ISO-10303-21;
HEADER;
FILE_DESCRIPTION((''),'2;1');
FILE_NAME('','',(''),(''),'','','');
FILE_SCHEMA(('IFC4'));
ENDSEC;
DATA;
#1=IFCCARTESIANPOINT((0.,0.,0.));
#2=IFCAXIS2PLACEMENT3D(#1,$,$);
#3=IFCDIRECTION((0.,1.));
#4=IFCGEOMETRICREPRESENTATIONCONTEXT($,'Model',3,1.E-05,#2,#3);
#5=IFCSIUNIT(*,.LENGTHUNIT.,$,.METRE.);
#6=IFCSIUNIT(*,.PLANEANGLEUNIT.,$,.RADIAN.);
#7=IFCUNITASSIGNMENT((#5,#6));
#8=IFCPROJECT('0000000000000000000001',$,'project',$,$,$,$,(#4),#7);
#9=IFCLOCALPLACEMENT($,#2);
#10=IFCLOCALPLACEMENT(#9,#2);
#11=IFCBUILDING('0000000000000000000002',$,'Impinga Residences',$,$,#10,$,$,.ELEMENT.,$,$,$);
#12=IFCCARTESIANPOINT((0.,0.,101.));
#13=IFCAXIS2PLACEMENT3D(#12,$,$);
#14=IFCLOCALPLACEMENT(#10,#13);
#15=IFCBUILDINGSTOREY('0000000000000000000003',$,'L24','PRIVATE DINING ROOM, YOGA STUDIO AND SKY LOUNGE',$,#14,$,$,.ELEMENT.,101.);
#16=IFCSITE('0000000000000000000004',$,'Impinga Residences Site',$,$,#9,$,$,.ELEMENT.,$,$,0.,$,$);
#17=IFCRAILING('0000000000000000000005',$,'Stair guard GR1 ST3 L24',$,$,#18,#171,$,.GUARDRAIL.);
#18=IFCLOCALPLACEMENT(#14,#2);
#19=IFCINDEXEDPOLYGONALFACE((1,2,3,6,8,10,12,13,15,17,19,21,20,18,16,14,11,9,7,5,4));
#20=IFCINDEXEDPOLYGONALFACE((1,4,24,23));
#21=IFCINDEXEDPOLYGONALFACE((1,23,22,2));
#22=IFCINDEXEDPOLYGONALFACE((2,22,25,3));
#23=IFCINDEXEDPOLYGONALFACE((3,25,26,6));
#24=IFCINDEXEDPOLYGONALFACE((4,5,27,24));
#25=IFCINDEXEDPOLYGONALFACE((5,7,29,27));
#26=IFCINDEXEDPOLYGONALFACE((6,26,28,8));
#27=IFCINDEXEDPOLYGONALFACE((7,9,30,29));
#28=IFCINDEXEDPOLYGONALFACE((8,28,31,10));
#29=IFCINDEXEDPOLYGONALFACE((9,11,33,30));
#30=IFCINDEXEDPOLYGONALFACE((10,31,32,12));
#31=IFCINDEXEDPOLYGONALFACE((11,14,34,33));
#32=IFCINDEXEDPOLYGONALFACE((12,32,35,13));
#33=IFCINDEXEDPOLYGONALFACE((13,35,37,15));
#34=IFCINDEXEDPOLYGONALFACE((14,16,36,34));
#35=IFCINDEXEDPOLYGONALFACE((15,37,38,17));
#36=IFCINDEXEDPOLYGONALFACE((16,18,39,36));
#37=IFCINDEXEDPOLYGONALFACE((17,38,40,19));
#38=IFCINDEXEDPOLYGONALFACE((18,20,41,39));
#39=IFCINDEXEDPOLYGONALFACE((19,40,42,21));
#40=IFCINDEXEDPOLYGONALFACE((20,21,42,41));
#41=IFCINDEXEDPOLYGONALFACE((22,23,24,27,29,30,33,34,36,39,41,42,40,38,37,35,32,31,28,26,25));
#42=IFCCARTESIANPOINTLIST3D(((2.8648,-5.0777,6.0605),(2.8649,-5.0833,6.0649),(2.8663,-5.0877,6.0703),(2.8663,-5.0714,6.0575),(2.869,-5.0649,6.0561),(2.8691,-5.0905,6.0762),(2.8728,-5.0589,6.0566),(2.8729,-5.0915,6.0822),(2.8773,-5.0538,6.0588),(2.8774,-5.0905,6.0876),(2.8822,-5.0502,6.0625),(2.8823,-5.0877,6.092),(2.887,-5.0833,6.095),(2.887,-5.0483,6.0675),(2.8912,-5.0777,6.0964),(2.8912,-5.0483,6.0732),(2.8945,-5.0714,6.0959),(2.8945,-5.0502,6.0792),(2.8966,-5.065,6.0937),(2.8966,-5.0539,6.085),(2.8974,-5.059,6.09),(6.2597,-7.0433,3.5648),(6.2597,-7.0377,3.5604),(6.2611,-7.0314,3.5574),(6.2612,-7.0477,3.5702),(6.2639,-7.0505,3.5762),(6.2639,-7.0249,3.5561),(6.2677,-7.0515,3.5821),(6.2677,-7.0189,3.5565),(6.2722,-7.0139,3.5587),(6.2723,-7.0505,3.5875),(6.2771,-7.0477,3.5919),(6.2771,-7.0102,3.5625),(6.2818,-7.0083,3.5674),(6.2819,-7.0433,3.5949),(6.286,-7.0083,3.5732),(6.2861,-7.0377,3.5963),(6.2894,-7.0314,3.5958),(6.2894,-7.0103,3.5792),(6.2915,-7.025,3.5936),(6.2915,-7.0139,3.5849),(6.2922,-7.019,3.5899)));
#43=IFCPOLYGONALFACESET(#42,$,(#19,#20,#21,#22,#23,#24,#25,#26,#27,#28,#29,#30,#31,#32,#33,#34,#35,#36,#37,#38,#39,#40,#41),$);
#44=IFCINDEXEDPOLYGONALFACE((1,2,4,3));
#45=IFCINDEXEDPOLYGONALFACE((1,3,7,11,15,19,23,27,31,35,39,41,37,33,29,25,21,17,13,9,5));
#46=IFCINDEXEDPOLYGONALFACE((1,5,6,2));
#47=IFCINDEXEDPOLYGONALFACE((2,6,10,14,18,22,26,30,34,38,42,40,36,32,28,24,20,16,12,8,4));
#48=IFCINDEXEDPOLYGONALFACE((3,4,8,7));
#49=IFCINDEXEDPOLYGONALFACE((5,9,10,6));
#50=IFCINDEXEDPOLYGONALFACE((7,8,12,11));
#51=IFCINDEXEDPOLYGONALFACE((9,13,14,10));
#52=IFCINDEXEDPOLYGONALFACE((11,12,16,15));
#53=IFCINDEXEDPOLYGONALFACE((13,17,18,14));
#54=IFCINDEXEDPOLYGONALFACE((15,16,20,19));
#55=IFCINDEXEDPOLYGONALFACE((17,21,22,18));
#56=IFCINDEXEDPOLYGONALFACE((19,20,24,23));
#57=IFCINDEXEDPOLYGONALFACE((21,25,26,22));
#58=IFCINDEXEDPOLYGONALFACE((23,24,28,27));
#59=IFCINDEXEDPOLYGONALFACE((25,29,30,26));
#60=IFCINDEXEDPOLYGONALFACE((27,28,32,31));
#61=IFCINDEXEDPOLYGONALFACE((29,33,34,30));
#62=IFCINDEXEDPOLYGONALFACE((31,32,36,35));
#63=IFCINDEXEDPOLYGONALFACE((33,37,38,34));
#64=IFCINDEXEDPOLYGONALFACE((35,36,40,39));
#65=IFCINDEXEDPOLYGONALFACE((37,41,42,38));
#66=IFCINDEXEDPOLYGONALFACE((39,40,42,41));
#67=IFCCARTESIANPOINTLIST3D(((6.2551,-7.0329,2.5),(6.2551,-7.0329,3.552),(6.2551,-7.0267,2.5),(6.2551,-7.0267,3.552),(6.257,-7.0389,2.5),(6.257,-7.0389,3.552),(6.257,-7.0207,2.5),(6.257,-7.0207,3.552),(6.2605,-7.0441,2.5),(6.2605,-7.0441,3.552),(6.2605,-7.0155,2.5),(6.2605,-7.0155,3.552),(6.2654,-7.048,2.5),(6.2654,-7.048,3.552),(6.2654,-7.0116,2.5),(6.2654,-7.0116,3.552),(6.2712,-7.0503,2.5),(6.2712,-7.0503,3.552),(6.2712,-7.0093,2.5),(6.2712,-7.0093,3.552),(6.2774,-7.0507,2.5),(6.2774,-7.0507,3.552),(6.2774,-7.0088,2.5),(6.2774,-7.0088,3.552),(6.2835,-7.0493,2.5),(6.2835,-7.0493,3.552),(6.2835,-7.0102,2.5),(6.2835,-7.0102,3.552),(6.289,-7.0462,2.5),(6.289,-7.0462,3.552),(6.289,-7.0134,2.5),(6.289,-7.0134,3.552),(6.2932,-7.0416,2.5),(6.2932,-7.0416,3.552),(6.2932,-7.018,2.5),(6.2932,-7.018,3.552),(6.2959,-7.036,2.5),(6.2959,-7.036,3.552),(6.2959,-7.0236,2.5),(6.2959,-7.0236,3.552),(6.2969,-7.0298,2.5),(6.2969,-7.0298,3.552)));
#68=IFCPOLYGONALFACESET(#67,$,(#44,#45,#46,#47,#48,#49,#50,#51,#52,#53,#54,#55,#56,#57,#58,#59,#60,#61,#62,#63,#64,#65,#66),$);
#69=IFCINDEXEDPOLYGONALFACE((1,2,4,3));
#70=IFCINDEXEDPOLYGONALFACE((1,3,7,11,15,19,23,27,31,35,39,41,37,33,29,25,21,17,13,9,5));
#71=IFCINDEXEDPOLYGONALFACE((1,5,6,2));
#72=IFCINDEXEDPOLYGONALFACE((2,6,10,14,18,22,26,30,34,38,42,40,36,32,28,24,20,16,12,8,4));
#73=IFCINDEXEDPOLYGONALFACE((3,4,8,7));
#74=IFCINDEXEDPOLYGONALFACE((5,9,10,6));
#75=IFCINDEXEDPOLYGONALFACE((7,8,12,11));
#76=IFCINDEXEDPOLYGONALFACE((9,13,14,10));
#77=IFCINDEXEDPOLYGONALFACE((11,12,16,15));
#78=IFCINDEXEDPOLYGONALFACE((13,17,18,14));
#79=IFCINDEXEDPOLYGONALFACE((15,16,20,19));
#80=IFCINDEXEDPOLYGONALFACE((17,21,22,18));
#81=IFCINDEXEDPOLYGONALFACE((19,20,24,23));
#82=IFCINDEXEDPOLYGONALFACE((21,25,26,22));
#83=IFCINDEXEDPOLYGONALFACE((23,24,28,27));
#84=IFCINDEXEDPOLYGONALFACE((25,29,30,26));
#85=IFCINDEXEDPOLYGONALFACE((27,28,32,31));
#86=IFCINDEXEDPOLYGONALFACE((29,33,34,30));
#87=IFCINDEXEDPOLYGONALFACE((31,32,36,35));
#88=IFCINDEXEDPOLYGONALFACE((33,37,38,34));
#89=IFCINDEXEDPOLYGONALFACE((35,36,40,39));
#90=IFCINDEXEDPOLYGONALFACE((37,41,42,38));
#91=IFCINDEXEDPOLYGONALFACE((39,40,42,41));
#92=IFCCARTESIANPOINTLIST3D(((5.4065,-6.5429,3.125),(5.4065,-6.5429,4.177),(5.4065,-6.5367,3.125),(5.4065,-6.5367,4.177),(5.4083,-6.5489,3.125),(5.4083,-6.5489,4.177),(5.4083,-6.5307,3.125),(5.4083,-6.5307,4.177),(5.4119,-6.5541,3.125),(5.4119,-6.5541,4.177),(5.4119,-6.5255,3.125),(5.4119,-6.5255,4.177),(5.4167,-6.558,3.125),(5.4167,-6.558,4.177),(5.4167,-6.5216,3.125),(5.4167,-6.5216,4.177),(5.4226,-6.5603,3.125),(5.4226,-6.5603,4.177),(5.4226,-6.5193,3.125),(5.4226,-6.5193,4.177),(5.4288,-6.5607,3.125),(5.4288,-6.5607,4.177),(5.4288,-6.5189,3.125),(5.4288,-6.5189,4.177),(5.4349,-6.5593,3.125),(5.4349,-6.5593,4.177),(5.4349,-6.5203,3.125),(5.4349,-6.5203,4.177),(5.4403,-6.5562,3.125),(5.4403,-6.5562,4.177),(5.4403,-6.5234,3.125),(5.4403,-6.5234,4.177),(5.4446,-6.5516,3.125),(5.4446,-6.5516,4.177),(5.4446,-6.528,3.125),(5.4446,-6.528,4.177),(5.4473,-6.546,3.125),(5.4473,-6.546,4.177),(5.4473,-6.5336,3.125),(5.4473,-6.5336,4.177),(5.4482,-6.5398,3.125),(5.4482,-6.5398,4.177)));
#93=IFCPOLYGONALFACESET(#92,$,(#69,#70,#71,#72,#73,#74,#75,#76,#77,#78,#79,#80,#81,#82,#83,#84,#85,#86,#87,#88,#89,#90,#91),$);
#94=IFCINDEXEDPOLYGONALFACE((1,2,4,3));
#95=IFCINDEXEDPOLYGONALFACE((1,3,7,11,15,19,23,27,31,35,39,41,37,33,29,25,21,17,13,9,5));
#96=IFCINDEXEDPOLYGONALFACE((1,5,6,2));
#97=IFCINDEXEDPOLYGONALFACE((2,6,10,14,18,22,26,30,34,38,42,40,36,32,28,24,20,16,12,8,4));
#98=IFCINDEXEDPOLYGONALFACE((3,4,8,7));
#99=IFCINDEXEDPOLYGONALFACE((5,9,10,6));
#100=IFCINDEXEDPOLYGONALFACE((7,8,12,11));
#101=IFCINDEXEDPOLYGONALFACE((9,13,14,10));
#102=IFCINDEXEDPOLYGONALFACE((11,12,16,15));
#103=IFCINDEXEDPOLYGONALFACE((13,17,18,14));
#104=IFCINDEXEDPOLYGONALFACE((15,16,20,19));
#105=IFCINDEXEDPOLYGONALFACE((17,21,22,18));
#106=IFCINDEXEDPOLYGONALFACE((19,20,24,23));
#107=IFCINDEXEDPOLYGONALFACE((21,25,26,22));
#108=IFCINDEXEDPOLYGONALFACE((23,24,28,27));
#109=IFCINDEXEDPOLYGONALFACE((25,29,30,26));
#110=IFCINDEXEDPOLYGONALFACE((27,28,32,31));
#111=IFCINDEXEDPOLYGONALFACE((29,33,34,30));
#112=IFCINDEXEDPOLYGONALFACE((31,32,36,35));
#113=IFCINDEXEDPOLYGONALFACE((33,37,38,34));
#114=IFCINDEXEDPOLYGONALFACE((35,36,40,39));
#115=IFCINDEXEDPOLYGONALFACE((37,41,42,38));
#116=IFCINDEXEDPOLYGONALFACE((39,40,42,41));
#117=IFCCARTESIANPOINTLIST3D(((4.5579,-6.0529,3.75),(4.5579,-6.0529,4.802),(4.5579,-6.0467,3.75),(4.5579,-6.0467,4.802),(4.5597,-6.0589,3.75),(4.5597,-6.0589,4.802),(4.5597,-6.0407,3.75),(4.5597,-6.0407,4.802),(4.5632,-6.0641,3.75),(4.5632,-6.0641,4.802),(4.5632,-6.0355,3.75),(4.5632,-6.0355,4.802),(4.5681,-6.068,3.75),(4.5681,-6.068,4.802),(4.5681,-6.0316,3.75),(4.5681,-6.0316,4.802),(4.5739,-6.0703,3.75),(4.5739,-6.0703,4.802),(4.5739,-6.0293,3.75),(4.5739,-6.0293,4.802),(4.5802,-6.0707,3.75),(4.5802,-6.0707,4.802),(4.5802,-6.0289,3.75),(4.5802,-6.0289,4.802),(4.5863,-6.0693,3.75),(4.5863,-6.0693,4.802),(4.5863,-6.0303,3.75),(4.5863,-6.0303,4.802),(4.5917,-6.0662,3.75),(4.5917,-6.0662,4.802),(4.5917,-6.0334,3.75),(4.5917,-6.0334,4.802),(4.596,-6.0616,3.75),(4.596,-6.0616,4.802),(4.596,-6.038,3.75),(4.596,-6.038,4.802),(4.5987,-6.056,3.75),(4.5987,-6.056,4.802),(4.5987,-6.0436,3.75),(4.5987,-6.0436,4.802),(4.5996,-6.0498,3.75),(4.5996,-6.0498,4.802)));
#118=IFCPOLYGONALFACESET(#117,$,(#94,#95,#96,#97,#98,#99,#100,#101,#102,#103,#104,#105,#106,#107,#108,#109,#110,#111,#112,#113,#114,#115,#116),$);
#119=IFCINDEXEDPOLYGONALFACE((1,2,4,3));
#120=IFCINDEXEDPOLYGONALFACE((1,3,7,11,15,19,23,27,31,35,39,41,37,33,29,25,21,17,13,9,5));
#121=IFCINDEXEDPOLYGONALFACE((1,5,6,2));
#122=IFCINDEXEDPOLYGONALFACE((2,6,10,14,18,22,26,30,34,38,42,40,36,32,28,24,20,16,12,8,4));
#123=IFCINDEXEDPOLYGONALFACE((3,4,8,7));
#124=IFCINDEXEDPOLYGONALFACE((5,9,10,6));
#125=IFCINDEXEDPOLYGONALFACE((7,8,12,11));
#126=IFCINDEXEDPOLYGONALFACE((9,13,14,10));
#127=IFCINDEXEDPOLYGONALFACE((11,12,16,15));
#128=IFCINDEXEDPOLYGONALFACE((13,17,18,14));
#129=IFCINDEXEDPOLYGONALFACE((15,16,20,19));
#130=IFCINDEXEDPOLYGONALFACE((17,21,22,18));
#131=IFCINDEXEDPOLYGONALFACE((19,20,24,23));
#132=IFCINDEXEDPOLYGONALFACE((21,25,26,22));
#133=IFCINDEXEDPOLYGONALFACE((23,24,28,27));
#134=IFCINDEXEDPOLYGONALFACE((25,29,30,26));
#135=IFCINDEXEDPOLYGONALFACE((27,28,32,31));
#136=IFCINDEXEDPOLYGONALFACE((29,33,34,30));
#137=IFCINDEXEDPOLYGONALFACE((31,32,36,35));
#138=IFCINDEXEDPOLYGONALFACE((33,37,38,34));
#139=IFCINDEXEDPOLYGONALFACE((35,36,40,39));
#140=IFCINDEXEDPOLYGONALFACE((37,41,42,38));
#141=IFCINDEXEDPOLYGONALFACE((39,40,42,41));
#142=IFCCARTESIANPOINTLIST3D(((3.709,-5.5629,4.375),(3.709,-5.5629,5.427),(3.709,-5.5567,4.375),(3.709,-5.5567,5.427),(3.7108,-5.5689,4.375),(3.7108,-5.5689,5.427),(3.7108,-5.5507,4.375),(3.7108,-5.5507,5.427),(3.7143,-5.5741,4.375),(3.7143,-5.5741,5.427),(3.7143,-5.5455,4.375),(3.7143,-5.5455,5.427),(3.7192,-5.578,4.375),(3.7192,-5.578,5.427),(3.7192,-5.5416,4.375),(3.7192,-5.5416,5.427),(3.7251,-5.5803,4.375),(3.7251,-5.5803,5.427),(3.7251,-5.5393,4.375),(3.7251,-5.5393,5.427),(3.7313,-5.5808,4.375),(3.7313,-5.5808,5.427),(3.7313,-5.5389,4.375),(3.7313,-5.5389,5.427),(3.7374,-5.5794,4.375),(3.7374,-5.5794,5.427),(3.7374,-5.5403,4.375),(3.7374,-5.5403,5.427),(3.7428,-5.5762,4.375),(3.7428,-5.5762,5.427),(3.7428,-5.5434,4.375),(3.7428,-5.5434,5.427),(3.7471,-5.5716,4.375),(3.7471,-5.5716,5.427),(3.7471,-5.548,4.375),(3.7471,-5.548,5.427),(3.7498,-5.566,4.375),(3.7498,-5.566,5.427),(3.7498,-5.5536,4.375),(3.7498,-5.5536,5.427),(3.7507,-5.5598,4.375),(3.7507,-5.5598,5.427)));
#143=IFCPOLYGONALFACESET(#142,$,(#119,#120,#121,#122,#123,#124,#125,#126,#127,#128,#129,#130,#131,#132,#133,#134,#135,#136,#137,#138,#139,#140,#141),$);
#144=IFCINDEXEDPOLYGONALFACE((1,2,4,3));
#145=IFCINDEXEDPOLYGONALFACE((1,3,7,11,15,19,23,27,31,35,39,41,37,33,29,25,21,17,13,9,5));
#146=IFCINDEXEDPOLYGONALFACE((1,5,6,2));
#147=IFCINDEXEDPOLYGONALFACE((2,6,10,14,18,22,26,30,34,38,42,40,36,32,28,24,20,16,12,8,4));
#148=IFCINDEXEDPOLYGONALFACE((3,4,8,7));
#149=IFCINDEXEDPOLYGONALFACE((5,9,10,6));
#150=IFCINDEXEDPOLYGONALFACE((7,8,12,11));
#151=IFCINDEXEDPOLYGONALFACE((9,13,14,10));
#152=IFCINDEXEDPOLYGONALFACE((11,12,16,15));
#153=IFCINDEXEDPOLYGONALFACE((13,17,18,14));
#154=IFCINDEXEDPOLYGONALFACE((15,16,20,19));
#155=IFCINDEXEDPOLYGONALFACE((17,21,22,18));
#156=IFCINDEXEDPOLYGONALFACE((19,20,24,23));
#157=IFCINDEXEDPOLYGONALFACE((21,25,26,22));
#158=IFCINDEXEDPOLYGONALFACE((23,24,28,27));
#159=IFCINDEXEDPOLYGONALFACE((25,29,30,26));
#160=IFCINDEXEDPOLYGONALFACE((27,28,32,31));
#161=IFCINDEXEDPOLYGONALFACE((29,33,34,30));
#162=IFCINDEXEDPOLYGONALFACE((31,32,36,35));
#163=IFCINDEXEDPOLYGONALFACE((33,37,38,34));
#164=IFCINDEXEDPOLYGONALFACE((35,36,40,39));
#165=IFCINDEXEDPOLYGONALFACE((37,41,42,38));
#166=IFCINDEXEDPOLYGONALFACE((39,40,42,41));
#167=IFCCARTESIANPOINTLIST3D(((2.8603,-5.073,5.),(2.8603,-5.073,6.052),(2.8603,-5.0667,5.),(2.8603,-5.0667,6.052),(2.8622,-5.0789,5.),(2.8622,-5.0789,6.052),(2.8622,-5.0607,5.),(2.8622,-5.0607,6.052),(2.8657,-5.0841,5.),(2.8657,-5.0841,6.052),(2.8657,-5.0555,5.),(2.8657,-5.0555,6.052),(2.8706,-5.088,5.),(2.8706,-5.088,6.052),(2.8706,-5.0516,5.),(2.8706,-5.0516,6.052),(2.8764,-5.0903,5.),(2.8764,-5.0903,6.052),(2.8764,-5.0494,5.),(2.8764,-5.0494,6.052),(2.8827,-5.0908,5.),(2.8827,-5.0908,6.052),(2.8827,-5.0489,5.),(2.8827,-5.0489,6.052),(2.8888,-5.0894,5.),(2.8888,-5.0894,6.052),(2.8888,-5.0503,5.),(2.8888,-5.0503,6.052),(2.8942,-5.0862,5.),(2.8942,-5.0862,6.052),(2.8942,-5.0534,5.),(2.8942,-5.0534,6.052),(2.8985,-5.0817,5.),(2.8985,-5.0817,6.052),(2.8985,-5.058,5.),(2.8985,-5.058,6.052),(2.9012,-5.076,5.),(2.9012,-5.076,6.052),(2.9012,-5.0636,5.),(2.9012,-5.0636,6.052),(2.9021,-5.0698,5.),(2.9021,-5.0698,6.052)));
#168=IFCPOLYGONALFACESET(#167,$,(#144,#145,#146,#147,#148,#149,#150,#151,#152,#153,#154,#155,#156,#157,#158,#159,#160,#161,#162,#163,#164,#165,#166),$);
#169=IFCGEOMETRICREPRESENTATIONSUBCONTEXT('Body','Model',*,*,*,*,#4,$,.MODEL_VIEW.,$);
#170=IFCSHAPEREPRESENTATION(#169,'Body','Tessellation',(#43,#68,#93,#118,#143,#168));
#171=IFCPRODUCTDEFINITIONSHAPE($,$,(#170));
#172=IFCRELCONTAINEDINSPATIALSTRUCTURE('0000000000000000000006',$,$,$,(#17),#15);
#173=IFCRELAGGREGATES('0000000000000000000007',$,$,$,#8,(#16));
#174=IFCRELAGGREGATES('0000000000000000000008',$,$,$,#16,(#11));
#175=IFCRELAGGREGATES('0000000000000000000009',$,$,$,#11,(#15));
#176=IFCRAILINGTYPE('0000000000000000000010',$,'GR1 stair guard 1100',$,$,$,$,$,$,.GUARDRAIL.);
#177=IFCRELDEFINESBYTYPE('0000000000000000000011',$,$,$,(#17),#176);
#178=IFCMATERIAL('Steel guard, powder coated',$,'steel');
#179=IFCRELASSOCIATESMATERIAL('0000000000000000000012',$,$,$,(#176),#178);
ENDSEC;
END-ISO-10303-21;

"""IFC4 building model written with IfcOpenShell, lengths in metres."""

from ifc_helpers import new_model, si_unit, direction, frame, origin, origin_2d, place, context, subcontext, project, spatial, circle, extrude, material, type_object, element, save


model = new_model("IFC4")

# Units and contexts
model_context = context("Model", 3, precision=1e-05, world=origin(), true_north=direction((0.0, 1.0)))
body_context = subcontext(model_context, "Body", "Model", "MODEL_VIEW")
ifc_project = project(units=[si_unit("LENGTHUNIT", "METRE"), si_unit("PLANEANGLEUNIT", "RADIAN")], contexts=[model_context])

# Site, building, storey
site_placement = place(None, origin())
site = spatial("IfcSite", under=ifc_project, at=site_placement, Name="Impinga Residences Site", CompositionType="ELEMENT", RefElevation=0.0)
building_placement = place(site_placement, origin())
building = spatial("IfcBuilding", under=site, at=building_placement, Name="Impinga Residences", CompositionType="ELEMENT")
storey_placement = place(building_placement, frame((0.0, 0.0, 101.0)))
storey = spatial("IfcBuildingStorey", under=building, at=storey_placement, Name="L24", Description="PRIVATE DINING ROOM, YOGA STUDIO AND SKY LOUNGE", CompositionType="ELEMENT", Elevation=101.0)

# Railing
ifc_material_1 = material(Name="Steel guard, powder coated", Category="steel")
railing_type_1 = type_object("IfcRailingType", Name="GR1 stair guard 1100", PredefinedType="GUARDRAIL", material=ifc_material_1)
railing_1_placement = place(storey_placement, frame((6.2759, -7.0298, 2.5)))
element("IfcRailing", 1, at=railing_1_placement, inside=storey, type_object=railing_type_1, Name="Stair guard GR1 ST3 L24", PredefinedType="GUARDRAIL", context=body_context, shape_type="SweptSolid", body=[
    extrude(circle(Radius=0.0239, at=origin_2d()), frame((0.0, 0.0, 1.0762), z_axis=(-0.73017, 0.421561, 0.537716), x_axis=(-0.499997, -0.866027, 0.0)), (0.0, 0.0, 1.0), 4.6494),
    extrude(circle(Radius=0.021, at=origin_2d()), origin(), (0.0, 0.0, 1.0), 1.052),
    extrude(circle(Radius=0.021, at=origin_2d()), frame((-0.8486, 0.49, 0.625)), (0.0, 0.0, 1.0), 1.052),
    extrude(circle(Radius=0.021, at=origin_2d()), frame((-1.6973, 0.98, 1.25)), (0.0, 0.0, 1.0), 1.052),
    extrude(circle(Radius=0.021, at=origin_2d()), frame((-2.5461, 1.47, 1.875)), (0.0, 0.0, 1.0), 1.052),
    extrude(circle(Radius=0.021, at=origin_2d()), frame((-3.3948, 1.96, 2.5)), (0.0, 0.0, 1.0), 1.052),
])

save(model, "model.ifc")
